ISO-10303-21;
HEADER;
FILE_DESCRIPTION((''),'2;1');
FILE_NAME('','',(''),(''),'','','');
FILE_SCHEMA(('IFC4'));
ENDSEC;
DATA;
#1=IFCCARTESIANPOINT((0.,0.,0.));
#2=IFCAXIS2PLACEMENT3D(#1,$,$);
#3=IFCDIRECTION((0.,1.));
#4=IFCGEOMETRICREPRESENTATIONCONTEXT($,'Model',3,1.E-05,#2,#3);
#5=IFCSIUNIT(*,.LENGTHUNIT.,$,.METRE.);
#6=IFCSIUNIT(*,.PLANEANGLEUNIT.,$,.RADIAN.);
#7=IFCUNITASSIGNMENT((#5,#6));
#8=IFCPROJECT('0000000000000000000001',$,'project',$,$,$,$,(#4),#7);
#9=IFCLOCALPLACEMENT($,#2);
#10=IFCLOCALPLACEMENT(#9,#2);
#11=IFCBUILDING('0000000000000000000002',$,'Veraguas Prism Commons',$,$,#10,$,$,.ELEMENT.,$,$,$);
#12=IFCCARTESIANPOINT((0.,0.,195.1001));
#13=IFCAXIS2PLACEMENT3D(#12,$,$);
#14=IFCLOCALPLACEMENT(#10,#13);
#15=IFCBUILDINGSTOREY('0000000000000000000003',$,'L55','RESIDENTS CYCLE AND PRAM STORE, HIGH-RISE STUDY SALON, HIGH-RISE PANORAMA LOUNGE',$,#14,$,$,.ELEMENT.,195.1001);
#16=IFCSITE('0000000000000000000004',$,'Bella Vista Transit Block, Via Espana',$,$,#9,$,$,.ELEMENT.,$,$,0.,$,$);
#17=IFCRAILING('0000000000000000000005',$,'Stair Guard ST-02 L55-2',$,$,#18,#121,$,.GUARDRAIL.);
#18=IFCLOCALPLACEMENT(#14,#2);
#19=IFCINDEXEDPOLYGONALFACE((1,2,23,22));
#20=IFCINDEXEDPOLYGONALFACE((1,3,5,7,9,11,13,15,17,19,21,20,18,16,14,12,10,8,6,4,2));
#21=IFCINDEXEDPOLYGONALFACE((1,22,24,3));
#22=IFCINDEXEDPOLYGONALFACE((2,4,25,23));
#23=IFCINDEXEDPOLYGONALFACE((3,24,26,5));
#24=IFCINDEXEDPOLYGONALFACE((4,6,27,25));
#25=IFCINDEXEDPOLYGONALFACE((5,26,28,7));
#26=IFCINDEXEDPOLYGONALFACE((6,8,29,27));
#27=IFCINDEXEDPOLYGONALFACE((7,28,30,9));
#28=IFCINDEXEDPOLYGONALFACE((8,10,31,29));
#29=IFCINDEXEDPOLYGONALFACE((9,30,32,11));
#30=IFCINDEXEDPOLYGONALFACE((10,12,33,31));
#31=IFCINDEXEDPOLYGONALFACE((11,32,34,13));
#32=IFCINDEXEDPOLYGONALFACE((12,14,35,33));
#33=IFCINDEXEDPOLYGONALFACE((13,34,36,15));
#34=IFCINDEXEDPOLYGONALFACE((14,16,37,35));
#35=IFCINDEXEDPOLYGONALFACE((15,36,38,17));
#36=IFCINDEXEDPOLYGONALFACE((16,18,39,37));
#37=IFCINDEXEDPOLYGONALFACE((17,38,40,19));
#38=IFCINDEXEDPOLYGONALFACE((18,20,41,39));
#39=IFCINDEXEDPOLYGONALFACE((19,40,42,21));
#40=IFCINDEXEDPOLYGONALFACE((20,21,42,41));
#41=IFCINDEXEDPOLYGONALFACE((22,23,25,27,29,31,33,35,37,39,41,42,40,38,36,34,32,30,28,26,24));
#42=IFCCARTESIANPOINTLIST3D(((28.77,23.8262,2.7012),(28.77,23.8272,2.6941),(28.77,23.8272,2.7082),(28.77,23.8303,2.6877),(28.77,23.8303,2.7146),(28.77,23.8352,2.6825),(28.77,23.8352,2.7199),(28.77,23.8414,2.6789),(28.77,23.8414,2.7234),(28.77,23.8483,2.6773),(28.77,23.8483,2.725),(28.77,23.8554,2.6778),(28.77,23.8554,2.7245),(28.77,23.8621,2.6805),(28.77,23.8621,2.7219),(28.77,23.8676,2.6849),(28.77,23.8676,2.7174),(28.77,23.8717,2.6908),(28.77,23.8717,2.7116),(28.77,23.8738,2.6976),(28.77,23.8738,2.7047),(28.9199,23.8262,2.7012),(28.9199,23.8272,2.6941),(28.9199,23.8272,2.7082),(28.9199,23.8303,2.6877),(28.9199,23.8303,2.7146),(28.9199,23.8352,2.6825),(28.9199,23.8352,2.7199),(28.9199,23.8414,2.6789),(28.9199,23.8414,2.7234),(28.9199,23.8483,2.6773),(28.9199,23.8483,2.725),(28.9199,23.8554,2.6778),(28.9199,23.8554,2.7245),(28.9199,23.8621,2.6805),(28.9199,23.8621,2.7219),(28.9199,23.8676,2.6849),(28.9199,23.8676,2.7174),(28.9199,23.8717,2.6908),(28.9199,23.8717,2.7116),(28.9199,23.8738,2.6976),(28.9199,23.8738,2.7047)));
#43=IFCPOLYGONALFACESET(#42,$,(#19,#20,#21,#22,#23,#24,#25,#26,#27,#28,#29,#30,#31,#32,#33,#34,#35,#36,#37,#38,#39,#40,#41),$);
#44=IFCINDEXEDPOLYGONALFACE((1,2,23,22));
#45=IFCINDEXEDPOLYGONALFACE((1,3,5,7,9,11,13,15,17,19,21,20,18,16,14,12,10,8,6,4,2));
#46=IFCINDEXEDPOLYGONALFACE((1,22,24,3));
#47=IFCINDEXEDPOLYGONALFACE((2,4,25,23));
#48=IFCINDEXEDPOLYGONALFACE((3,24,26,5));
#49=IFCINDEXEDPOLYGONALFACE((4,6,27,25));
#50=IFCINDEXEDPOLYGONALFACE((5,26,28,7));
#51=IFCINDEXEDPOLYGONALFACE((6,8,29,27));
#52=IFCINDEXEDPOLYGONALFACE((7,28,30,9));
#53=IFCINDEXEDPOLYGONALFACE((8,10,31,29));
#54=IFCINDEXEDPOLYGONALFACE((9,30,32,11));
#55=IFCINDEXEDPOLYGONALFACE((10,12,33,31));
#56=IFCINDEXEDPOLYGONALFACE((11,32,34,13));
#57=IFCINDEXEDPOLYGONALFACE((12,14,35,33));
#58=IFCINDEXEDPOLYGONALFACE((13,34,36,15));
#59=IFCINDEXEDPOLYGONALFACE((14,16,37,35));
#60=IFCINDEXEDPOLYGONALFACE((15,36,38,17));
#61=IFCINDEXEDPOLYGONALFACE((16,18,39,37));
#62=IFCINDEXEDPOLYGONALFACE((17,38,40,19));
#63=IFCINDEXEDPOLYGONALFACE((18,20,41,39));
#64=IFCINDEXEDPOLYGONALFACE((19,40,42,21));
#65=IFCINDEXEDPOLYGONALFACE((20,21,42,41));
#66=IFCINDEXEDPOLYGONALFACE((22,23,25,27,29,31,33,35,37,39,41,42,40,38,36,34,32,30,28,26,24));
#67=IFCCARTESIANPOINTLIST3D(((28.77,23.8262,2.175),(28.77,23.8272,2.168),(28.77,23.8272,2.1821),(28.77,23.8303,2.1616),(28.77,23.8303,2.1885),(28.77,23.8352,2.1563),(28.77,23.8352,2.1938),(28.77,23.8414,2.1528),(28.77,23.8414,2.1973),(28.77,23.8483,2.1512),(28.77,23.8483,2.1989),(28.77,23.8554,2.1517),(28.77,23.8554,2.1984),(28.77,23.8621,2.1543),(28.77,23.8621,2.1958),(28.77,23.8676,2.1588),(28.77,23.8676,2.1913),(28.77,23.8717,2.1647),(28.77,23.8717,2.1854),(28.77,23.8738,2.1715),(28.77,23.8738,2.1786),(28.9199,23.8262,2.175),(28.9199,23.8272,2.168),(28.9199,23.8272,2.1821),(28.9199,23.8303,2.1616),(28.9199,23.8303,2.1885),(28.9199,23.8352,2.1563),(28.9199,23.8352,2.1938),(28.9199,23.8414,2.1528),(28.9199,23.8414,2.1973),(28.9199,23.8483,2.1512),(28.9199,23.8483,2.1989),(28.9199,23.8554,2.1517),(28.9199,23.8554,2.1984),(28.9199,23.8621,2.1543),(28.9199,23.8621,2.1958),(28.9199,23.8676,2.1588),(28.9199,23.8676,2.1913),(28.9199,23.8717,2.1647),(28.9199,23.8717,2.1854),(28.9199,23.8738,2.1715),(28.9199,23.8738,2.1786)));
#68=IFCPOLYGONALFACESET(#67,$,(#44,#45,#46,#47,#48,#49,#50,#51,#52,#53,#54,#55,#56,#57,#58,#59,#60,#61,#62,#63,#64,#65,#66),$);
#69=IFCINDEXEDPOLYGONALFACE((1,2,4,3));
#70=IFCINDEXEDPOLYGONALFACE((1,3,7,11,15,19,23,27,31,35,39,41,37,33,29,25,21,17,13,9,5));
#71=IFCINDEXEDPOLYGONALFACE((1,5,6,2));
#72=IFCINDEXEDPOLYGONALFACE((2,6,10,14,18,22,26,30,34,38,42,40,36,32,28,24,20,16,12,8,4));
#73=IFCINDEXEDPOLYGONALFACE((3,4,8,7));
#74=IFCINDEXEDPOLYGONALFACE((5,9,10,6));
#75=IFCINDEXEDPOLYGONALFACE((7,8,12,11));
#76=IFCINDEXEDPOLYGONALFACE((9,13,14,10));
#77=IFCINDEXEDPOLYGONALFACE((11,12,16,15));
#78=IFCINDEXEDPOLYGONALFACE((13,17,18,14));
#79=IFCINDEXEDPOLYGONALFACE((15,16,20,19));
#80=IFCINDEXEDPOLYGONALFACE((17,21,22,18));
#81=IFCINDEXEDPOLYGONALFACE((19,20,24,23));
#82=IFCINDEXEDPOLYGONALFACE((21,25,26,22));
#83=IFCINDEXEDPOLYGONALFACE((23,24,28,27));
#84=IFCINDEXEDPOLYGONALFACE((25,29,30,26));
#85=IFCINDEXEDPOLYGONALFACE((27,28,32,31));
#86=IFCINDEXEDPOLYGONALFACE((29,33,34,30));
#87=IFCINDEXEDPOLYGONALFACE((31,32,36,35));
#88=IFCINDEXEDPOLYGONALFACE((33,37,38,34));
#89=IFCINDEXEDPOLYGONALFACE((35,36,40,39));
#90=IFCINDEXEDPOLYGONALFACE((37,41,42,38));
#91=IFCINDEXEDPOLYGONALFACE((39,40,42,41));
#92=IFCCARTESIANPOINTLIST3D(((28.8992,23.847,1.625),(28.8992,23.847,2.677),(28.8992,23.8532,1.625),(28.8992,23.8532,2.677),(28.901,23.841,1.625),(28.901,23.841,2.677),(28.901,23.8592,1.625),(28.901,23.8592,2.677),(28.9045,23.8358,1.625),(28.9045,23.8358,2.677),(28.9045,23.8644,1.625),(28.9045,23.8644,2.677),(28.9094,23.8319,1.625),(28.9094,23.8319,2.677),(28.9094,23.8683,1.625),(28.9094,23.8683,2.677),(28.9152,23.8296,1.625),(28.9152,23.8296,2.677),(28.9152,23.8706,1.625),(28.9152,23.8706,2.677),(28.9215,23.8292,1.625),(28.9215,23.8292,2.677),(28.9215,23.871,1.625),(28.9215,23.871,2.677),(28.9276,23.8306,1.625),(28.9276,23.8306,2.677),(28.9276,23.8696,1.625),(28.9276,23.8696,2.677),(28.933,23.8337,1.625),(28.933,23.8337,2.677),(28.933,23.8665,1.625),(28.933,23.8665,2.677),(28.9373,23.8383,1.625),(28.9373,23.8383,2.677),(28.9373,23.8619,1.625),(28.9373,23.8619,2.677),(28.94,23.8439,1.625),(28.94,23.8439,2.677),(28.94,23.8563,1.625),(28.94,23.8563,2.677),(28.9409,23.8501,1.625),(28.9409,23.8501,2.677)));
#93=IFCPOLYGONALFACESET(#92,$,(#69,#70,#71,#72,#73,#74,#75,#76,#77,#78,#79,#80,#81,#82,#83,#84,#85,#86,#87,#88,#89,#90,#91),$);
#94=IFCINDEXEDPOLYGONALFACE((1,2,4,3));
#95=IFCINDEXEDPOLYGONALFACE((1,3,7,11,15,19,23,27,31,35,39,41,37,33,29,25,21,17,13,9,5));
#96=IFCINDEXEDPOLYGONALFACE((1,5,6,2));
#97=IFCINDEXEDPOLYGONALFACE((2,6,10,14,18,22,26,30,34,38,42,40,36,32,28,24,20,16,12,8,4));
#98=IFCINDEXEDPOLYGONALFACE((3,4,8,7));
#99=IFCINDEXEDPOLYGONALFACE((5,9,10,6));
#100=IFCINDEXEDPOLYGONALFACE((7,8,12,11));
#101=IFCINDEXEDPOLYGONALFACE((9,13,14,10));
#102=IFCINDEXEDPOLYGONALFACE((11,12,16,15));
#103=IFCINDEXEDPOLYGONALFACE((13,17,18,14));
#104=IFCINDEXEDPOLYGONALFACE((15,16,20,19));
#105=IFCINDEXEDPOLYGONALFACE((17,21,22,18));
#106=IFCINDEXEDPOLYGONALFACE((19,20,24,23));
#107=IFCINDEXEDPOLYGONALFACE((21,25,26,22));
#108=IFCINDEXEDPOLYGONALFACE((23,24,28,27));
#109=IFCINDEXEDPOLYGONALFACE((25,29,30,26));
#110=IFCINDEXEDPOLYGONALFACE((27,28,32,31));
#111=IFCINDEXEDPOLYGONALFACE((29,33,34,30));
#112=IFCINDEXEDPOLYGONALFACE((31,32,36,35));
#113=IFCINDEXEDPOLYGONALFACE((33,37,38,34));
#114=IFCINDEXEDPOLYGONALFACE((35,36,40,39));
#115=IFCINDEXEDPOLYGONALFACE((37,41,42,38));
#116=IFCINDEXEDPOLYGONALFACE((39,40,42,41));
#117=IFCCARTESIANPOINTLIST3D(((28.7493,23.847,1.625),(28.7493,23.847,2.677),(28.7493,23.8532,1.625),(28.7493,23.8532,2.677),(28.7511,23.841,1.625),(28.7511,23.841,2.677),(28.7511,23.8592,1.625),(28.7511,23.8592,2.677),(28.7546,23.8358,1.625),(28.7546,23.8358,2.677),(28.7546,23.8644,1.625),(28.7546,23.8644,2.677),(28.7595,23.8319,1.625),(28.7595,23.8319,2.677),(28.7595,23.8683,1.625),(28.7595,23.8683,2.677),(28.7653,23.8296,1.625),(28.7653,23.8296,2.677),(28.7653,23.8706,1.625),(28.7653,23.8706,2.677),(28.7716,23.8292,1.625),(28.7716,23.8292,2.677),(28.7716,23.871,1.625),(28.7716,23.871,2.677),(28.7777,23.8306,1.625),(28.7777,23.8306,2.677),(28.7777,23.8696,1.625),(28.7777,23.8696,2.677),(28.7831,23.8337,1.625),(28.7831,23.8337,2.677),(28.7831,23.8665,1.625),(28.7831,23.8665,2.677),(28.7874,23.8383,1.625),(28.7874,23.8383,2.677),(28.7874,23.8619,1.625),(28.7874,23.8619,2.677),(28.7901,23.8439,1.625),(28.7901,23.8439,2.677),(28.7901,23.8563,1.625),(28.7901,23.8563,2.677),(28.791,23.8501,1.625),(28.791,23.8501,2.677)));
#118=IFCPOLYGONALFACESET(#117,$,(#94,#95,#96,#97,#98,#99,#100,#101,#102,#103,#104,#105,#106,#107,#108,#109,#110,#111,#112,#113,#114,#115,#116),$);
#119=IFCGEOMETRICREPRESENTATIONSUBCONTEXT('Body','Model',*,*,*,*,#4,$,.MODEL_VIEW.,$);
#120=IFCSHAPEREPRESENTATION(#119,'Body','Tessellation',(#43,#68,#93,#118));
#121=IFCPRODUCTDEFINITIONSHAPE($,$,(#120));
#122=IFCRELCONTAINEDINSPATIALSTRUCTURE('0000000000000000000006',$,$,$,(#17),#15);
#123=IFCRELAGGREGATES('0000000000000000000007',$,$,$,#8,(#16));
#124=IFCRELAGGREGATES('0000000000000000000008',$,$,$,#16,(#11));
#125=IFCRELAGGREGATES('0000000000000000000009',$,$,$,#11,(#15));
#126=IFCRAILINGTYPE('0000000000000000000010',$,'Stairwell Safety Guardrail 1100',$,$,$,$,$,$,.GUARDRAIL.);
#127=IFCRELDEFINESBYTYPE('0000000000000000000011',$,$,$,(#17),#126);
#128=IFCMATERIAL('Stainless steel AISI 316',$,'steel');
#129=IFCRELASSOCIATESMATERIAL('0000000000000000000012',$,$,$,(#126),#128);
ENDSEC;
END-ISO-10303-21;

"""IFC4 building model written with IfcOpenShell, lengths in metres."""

from ifc_helpers import new_model, si_unit, direction, frame, origin, origin_2d, place, context, subcontext, project, spatial, circle, extrude, material, type_object, element, save


model = new_model("IFC4")

# Units and contexts
model_context = context("Model", 3, precision=1e-05, world=origin(), true_north=direction((0.0, 1.0)))
body_context = subcontext(model_context, "Body", "Model", "MODEL_VIEW")
ifc_project = project(units=[si_unit("LENGTHUNIT", "METRE"), si_unit("PLANEANGLEUNIT", "RADIAN")], contexts=[model_context])

# Site, building, storey
site_placement = place(None, origin())
site = spatial("IfcSite", under=ifc_project, at=site_placement, Name="Bella Vista Transit Block, Via Espana", CompositionType="ELEMENT", RefElevation=0.0)
building_placement = place(site_placement, origin())
building = spatial("IfcBuilding", under=site, at=building_placement, Name="Veraguas Prism Commons", CompositionType="ELEMENT")
storey_placement = place(building_placement, frame((0.0, 0.0, 195.1001)))
storey = spatial("IfcBuildingStorey", under=building, at=storey_placement, Name="L55", Description="RESIDENTS CYCLE AND PRAM STORE, HIGH-RISE STUDY SALON, HIGH-RISE PANORAMA LOUNGE", CompositionType="ELEMENT", Elevation=195.1001)

# Railing
ifc_material_1 = material(Name="Stainless steel AISI 316", Category="steel")
railing_type_1 = type_object("IfcRailingType", Name="Stairwell Safety Guardrail 1100", PredefinedType="GUARDRAIL", material=ifc_material_1)
railing_1_placement = place(storey_placement, frame((28.9199, 23.8501, 1.625)))
element("IfcRailing", 1, at=railing_1_placement, inside=storey, type_object=railing_type_1, Name="Stair Guard ST-02 L55-2", PredefinedType="GUARDRAIL", context=body_context, shape_type="SweptSolid", body=[
    extrude(circle(Radius=0.0239, at=origin_2d()), frame((0.0, 0.0, 1.0762), z_axis=(-1.0, 0.0, 0.0), x_axis=(0.0, -1.0, 0.0)), (0.0, 0.0, 1.0), 0.1499),
    extrude(circle(Radius=0.0239, at=origin_2d()), frame((0.0, 0.0, 0.55), z_axis=(-1.0, 0.0, 0.0), x_axis=(0.0, -1.0, 0.0)), (0.0, 0.0, 1.0), 0.1499),
    extrude(circle(Radius=0.021, at=origin_2d()), origin(), (0.0, 0.0, 1.0), 1.052),
    extrude(circle(Radius=0.021, at=origin_2d()), frame((-0.1499, 0.0, 0.0)), (0.0, 0.0, 1.0), 1.052),
])

save(model, "model.ifc")
